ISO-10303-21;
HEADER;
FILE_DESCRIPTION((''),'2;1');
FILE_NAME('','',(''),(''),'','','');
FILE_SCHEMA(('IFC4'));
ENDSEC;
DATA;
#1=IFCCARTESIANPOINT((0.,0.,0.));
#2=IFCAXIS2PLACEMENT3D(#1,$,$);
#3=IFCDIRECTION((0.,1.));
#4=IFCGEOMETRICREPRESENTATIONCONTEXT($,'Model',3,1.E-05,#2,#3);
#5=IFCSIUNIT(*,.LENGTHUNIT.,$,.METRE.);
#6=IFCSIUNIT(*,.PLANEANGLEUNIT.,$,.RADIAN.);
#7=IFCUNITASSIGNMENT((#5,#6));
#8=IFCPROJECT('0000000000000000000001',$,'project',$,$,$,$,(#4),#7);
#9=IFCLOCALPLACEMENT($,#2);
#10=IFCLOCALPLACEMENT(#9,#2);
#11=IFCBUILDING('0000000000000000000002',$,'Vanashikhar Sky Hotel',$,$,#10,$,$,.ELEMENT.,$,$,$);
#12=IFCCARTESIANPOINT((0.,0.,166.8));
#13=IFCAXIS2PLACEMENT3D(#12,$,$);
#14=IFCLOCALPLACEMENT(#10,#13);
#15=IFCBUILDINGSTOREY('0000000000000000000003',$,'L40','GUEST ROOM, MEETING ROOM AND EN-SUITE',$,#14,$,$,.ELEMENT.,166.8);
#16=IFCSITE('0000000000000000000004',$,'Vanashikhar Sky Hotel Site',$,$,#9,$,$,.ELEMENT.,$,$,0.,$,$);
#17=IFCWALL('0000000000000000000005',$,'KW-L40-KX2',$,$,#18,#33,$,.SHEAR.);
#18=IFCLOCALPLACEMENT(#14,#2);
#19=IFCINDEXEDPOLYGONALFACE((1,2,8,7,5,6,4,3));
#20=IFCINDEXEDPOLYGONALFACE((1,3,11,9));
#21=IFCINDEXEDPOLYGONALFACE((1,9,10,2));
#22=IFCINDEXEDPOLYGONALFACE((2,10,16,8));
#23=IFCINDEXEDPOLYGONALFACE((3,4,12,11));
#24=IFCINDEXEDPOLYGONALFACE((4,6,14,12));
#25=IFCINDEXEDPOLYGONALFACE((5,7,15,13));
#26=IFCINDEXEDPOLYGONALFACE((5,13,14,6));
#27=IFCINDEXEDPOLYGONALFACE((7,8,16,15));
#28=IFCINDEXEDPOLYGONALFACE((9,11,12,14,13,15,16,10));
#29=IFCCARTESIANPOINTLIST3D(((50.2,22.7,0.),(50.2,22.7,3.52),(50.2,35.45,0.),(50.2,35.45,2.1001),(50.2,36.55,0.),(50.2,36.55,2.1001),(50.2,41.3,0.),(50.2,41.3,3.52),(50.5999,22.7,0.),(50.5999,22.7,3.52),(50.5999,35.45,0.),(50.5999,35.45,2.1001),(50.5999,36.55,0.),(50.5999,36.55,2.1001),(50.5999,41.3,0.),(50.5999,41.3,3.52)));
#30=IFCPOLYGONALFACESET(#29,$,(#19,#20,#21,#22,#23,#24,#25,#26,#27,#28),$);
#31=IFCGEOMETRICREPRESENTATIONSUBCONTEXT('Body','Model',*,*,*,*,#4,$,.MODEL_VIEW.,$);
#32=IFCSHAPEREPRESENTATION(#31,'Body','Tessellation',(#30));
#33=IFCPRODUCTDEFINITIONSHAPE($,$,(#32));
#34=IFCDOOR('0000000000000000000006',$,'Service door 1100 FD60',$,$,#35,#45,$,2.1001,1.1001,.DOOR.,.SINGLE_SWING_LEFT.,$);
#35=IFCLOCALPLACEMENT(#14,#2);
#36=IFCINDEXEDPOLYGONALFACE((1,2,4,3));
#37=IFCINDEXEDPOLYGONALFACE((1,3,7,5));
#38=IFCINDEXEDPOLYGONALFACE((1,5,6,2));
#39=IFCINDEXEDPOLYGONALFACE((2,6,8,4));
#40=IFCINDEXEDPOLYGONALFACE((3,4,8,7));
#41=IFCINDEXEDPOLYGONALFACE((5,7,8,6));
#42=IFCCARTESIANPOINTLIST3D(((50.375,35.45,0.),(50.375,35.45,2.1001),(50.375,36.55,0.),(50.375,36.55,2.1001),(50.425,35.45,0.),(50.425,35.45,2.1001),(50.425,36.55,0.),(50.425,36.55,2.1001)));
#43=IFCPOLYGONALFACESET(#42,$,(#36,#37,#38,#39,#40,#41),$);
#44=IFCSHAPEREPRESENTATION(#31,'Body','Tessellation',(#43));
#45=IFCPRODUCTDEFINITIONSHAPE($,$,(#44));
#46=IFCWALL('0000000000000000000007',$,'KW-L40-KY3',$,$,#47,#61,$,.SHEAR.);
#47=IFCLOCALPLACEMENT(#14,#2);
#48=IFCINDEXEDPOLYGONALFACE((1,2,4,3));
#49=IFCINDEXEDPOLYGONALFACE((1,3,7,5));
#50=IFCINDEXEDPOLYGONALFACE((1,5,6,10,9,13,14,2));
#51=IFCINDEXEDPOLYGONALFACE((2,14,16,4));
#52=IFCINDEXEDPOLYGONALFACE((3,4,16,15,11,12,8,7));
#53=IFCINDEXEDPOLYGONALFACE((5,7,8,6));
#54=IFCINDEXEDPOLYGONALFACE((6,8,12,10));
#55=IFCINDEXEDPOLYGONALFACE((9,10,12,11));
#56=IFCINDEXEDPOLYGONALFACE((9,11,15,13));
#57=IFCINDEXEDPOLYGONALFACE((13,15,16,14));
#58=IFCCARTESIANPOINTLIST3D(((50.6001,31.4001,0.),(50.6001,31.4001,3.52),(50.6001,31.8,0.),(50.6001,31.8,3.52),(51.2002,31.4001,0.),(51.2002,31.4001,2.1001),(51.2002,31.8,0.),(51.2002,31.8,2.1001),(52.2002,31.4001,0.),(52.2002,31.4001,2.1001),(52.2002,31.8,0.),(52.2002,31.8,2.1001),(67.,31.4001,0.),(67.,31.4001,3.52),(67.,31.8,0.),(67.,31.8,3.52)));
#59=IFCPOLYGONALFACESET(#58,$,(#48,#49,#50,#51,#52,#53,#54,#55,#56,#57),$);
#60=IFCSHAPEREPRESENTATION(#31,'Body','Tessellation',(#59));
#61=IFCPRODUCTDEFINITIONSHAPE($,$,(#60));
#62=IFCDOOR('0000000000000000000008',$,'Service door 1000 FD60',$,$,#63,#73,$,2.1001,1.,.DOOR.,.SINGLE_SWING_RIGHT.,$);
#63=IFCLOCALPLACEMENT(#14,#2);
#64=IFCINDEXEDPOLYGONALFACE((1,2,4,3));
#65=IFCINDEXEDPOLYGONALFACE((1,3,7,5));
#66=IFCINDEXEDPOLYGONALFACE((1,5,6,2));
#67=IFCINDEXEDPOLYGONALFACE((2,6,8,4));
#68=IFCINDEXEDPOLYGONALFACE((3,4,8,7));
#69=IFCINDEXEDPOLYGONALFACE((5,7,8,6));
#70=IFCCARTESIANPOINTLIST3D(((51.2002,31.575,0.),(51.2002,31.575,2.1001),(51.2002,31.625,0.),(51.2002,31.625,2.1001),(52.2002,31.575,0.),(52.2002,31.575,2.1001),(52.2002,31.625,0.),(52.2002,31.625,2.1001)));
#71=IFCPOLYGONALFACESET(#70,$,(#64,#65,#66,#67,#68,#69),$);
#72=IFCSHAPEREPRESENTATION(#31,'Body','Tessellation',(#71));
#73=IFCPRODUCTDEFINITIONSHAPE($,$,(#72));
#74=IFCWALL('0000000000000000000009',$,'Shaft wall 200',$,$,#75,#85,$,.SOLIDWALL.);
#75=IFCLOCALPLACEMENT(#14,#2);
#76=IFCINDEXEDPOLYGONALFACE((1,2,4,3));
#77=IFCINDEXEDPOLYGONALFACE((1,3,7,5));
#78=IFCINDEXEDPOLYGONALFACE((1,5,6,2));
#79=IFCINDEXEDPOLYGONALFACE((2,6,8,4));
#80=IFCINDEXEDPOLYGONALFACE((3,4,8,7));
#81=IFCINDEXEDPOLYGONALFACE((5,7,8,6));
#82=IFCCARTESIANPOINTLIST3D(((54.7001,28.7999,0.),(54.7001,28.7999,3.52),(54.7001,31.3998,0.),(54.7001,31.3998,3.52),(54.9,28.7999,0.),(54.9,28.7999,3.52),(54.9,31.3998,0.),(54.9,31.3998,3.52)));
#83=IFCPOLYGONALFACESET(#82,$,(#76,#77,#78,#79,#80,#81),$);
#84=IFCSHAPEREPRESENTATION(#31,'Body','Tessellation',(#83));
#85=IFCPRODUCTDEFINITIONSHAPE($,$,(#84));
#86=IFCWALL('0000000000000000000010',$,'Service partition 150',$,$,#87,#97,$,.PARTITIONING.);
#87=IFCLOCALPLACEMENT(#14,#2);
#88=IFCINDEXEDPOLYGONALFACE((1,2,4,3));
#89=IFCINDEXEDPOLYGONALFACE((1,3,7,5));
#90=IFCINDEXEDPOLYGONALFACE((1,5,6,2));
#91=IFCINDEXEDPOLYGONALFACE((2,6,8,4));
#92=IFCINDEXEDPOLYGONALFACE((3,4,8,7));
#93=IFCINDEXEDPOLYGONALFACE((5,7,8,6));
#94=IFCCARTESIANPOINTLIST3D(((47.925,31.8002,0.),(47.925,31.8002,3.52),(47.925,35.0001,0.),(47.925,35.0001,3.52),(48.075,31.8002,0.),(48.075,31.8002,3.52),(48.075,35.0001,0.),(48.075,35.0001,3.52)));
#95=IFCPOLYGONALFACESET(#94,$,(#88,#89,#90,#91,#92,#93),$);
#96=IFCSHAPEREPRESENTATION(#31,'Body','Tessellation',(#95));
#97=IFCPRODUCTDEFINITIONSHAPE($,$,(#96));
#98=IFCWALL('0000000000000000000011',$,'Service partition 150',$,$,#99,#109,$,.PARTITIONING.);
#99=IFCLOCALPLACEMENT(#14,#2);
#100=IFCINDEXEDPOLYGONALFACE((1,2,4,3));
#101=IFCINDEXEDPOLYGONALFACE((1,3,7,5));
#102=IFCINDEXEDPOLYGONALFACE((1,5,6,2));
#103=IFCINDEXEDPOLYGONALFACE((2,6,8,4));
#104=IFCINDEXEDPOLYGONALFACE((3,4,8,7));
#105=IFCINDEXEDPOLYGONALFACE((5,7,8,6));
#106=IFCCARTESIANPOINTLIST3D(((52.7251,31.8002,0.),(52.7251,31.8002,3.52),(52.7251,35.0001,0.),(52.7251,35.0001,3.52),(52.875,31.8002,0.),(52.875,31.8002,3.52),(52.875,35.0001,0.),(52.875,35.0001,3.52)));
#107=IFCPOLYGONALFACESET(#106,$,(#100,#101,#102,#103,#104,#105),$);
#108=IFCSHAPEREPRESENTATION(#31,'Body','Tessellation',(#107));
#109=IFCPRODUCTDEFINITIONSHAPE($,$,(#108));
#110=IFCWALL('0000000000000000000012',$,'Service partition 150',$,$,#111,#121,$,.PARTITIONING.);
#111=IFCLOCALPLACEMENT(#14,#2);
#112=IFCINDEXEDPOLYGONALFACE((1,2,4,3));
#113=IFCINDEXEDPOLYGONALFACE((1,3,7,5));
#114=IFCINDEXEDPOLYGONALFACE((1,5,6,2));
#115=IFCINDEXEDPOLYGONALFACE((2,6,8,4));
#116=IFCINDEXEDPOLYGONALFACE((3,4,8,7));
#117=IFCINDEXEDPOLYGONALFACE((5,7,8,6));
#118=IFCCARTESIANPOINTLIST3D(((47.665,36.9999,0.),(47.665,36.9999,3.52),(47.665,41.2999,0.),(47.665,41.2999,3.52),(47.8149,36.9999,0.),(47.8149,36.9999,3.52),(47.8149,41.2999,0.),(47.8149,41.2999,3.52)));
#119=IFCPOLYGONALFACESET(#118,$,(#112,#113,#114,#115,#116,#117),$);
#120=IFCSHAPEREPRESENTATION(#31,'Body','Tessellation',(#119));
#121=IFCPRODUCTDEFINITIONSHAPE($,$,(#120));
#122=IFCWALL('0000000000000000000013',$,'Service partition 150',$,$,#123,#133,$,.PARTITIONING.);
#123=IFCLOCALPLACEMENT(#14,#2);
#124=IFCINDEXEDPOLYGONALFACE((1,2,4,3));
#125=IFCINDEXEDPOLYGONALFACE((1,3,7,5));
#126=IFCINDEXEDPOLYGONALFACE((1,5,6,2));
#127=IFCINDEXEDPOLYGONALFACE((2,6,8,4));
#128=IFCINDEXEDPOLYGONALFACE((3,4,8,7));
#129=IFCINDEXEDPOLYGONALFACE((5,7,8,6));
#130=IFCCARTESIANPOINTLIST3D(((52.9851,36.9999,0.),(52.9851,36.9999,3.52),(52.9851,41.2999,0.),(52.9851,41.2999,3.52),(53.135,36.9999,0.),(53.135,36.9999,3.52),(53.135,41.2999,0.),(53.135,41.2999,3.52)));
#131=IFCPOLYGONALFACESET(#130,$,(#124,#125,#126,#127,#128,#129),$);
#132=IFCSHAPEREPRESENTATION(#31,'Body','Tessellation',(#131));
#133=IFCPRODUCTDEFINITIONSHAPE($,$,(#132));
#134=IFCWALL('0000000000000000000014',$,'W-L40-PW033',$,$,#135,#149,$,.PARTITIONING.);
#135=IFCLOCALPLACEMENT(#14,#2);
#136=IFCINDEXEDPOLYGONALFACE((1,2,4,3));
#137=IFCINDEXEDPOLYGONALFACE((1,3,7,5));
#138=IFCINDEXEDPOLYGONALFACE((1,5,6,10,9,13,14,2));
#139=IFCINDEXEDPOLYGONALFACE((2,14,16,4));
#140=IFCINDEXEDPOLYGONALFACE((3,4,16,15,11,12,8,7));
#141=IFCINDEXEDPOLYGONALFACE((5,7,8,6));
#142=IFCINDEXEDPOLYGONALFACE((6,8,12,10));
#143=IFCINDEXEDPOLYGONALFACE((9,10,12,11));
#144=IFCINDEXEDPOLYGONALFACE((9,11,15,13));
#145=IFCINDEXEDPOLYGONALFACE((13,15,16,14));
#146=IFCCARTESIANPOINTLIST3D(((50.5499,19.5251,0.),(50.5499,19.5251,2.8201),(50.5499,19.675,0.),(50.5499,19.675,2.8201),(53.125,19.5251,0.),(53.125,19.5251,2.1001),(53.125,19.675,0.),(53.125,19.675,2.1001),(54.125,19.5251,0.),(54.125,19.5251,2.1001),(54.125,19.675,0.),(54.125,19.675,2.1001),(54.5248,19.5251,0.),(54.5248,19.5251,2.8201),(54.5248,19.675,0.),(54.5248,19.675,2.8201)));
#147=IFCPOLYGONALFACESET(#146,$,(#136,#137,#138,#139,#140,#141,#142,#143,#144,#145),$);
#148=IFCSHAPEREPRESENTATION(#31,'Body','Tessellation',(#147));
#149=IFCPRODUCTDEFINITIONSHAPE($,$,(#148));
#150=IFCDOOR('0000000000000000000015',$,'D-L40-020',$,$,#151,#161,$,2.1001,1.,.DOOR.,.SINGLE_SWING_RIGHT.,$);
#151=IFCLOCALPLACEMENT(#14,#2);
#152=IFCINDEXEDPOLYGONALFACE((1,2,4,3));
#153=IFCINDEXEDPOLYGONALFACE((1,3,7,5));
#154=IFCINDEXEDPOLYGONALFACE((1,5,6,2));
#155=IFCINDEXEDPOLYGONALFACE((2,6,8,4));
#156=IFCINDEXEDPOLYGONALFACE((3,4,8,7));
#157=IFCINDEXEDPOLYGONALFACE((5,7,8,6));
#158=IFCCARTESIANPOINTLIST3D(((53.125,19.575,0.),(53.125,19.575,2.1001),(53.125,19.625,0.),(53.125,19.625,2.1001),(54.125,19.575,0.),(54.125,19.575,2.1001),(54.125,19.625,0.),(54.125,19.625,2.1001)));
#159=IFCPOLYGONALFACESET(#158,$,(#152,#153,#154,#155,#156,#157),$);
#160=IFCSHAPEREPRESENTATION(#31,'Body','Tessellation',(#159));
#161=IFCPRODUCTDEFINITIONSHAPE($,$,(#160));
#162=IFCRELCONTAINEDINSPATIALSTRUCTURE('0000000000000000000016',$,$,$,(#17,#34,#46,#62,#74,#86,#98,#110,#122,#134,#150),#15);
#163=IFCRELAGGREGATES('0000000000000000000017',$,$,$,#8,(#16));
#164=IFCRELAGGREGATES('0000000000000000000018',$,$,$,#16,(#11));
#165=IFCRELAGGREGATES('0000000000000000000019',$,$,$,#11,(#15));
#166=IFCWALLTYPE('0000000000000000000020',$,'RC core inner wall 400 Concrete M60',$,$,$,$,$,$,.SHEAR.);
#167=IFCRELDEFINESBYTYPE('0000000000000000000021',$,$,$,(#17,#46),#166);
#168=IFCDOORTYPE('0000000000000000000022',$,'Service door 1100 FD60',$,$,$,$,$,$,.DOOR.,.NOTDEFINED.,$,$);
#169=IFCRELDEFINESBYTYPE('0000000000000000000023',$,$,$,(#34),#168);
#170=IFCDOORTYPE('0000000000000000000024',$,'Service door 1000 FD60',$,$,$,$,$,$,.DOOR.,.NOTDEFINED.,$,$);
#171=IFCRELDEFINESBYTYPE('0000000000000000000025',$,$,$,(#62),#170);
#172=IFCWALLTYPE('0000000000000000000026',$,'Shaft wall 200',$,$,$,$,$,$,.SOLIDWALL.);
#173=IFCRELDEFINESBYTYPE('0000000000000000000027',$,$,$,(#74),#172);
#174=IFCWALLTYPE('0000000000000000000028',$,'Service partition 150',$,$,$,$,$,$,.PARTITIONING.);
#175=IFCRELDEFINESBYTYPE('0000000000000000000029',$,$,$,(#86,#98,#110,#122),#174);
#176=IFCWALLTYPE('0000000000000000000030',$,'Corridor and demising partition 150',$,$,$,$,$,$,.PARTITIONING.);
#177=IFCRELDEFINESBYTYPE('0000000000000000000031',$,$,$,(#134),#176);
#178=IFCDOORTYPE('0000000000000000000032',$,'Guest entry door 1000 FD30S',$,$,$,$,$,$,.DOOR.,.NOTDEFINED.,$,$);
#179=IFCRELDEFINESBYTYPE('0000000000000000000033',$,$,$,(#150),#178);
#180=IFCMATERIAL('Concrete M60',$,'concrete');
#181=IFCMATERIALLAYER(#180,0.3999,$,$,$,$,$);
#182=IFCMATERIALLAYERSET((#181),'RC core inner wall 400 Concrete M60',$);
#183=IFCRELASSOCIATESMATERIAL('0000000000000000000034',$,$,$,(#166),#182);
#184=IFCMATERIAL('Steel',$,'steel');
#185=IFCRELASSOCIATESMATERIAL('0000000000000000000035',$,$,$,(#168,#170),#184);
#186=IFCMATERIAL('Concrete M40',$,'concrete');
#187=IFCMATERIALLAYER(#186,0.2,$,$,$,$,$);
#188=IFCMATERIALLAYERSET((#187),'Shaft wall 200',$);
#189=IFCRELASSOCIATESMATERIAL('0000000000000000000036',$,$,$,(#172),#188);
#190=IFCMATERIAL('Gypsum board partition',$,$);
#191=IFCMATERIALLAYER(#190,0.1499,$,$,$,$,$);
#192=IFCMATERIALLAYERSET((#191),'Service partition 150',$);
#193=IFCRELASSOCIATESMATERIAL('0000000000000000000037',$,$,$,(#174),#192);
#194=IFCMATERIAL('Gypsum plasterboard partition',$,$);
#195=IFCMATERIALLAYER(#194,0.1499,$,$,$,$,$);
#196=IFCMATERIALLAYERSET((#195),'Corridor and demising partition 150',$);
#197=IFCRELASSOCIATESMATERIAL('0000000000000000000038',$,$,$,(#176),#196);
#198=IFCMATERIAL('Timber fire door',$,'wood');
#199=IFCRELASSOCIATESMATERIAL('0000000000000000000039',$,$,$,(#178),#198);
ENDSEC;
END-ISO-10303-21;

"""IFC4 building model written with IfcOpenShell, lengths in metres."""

from ifc_helpers import new_model, si_unit, direction, frame, frame_2d, origin, place, context, subcontext, project, spatial, rectangle, extrude, source, transform, mapped, material, layer, layer_set, type_object, element, fill, save


model = new_model("IFC4")

# Units and contexts
model_context = context("Model", 3, precision=1e-05, world=origin(), true_north=direction((0.0, 1.0)))
body_context = subcontext(model_context, "Body", "Model", "MODEL_VIEW")
ifc_project = project(units=[si_unit("LENGTHUNIT", "METRE"), si_unit("PLANEANGLEUNIT", "RADIAN")], contexts=[model_context])

# Site, building, storey
site_placement = place(None, origin())
site = spatial("IfcSite", under=ifc_project, at=site_placement, Name="Vanashikhar Sky Hotel Site", CompositionType="ELEMENT", RefElevation=0.0)
building_placement = place(site_placement, origin())
building = spatial("IfcBuilding", under=site, at=building_placement, Name="Vanashikhar Sky Hotel", CompositionType="ELEMENT")
storey_placement = place(building_placement, frame((0.0, 0.0, 166.8)))
storey = spatial("IfcBuildingStorey", under=building, at=storey_placement, Name="L40", Description="GUEST ROOM, MEETING ROOM AND EN-SUITE", CompositionType="ELEMENT", Elevation=166.8)

# Walls, openings, doors
ifc_material_1 = material(Name="Concrete M60", Category="concrete")
ifc_layer_1 = layer(ifc_material_1, 0.3999)
ifc_layer_set_1 = layer_set([ifc_layer_1], Name="RC core inner wall 400 Concrete M60")
wall_type_1 = type_object("IfcWallType", Name="RC core inner wall 400 Concrete M60", PredefinedType="SHEAR", material=ifc_layer_set_1)
shared_shape_1 = source(origin(), body_context, "Body", "SweptSolid", [
    extrude(rectangle(XDim=18.6001, YDim=0.3999, at=frame_2d((9.3, 0.0))), origin(), (0.0, 0.0, 1.0), 3.52),
])
wall_1_placement = place(storey_placement, frame((50.3999, 22.7, 0.0), z_axis=(0.0, 0.0, 1.0), x_axis=(0.0, 1.0, 0.0)))
wall_1 = element("IfcWall", 1, at=wall_1_placement, inside=storey, type_object=wall_type_1, Name="KW-L40-KX2", PredefinedType="SHEAR", context=body_context, shape_type="MappedRepresentation", body=[
    mapped(shared_shape_1, transform((0.0, 0.0, 0.0), scale=1.0)),
])
shared_shape_2 = source(origin(), body_context, "Body", "SweptSolid", [
    extrude(rectangle(XDim=1.1001, YDim=2.1001, at=frame_2d((0.55, 1.05))), frame((0.0, 0.21, 0.0), z_axis=(0.0, -1.0, 0.0), x_axis=(1.0, 0.0, 0.0)), (0.0, 0.0, 1.0), 0.4199),
])
opening_1_placement = place(wall_1_placement, frame((12.75, 0.0, 0.0)))
opening_1 = element("IfcOpeningElement", 2, at=opening_1_placement, cuts=wall_1, PredefinedType="OPENING", context=body_context, shape_type="MappedRepresentation", body=[
    mapped(shared_shape_2, transform((0.0, 0.0, 0.0), scale=1.0)),
])
ifc_material_2 = material(Name="Steel", Category="steel")
door_type_1 = type_object("IfcDoorType", Name="Service door 1100 FD60", OperationType="NOTDEFINED", PredefinedType="DOOR", material=ifc_material_2)
shared_shape_3 = source(origin(), body_context, "Body", "SweptSolid", [
    extrude(rectangle(XDim=1.1001, YDim=2.1001, at=frame_2d((0.55, 1.05))), frame((0.0, 0.0249, 0.0), z_axis=(0.0, -1.0, 0.0), x_axis=(1.0, 0.0, 0.0)), (0.0, 0.0, 1.0), 0.05),
])
door_1_placement = place(opening_1_placement, origin())
door_1 = element("IfcDoor", 3, at=door_1_placement, inside=storey, type_object=door_type_1, Name="Service door 1100 FD60", OperationType="SINGLE_SWING_LEFT", OverallHeight=2.1001, OverallWidth=1.1001, PredefinedType="DOOR", context=body_context, shape_type="MappedRepresentation", body=[
    mapped(shared_shape_3, transform((0.0, 0.0, 0.0), scale=1.0)),
])
fill(opening_1, door_1)
shared_shape_4 = source(origin(), body_context, "Body", "SweptSolid", [
    extrude(rectangle(XDim=16.3999, YDim=0.3999, at=frame_2d((8.2, 0.0))), origin(), (0.0, 0.0, 1.0), 3.52),
])
wall_2_placement = place(storey_placement, frame((50.6001, 31.6001, 0.0), z_axis=(0.0, 0.0, 1.0), x_axis=(1.0, 0.0, 0.0)))
wall_2 = element("IfcWall", 4, at=wall_2_placement, inside=storey, type_object=wall_type_1, Name="KW-L40-KY3", PredefinedType="SHEAR", context=body_context, shape_type="MappedRepresentation", body=[
    mapped(shared_shape_4, transform((0.0, 0.0, 0.0), scale=1.0)),
])
shared_shape_5 = source(origin(), body_context, "Body", "SweptSolid", [
    extrude(rectangle(XDim=1.0, YDim=2.1001, at=frame_2d((0.5, 1.05))), frame((0.0, 0.21, 0.0), z_axis=(0.0, -1.0, 0.0), x_axis=(1.0, 0.0, 0.0)), (0.0, 0.0, 1.0), 0.4199),
])
opening_2_placement = place(wall_2_placement, frame((0.6001, 0.0, 0.0)))
opening_2 = element("IfcOpeningElement", 5, at=opening_2_placement, cuts=wall_2, PredefinedType="OPENING", context=body_context, shape_type="MappedRepresentation", body=[
    mapped(shared_shape_5, transform((0.0, 0.0, 0.0), scale=1.0)),
])
door_type_2 = type_object("IfcDoorType", Name="Service door 1000 FD60", OperationType="NOTDEFINED", PredefinedType="DOOR", material=ifc_material_2)
shared_shape_6 = source(origin(), body_context, "Body", "SweptSolid", [
    extrude(rectangle(XDim=1.0, YDim=2.1001, at=frame_2d((0.5, 1.05))), frame((0.0, 0.0249, 0.0), z_axis=(0.0, -1.0, 0.0), x_axis=(1.0, 0.0, 0.0)), (0.0, 0.0, 1.0), 0.05),
])
door_2_placement = place(opening_2_placement, origin())
door_2 = element("IfcDoor", 6, at=door_2_placement, inside=storey, type_object=door_type_2, Name="Service door 1000 FD60", OperationType="SINGLE_SWING_RIGHT", OverallHeight=2.1001, OverallWidth=1.0, PredefinedType="DOOR", context=body_context, shape_type="MappedRepresentation", body=[
    mapped(shared_shape_6, transform((0.0, 0.0, 0.0), scale=1.0)),
])
fill(opening_2, door_2)

# Walls
ifc_material_3 = material(Name="Concrete M40", Category="concrete")
ifc_layer_2 = layer(ifc_material_3, 0.2)
ifc_layer_set_2 = layer_set([ifc_layer_2], Name="Shaft wall 200")
wall_type_2 = type_object("IfcWallType", Name="Shaft wall 200", PredefinedType="SOLIDWALL", material=ifc_layer_set_2)
shared_shape_7 = source(origin(), body_context, "Body", "SweptSolid", [
    extrude(rectangle(XDim=2.5999, YDim=0.2, at=frame_2d((1.2998, 0.0))), origin(), (0.0, 0.0, 1.0), 3.52),
])
wall_3_placement = place(storey_placement, frame((54.8, 28.8, 0.0), z_axis=(0.0, 0.0, 1.0), x_axis=(0.0, 1.0, 0.0)))
element("IfcWall", 7, at=wall_3_placement, inside=storey, type_object=wall_type_2, Name="Shaft wall 200", PredefinedType="SOLIDWALL", context=body_context, shape_type="MappedRepresentation", body=[
    mapped(shared_shape_7, transform((0.0, 0.0, 0.0), scale=1.0)),
])
ifc_material_4 = material(Name="Gypsum board partition")
ifc_layer_3 = layer(ifc_material_4, 0.1499)
ifc_layer_set_3 = layer_set([ifc_layer_3], Name="Service partition 150")
wall_type_3 = type_object("IfcWallType", Name="Service partition 150", PredefinedType="PARTITIONING", material=ifc_layer_set_3)
shared_shape_8 = source(origin(), body_context, "Body", "SweptSolid", [
    extrude(rectangle(XDim=3.2, YDim=0.1499, at=frame_2d((1.6001, 0.0))), origin(), (0.0, 0.0, 1.0), 3.52),
])
for number, where, z_axis, x_axis, name in (
    (8, (48.0, 31.8, 0.0), (0.0, 0.0, 1.0), (0.0, 1.0, 0.0), "Service partition 150"),
    (9, (52.8, 31.8, 0.0), (0.0, 0.0, 1.0), (0.0, 1.0, 0.0), "Service partition 150"),
):
    element("IfcWall", number, at=place(storey_placement, frame(where, z_axis=z_axis, x_axis=x_axis)), inside=storey, type_object=wall_type_3, Name=name, PredefinedType="PARTITIONING", context=body_context, shape_type="MappedRepresentation", body=[
        mapped(shared_shape_8, transform((0.0, 0.0, 0.0), scale=1.0)),
    ])
shared_shape_9 = source(origin(), body_context, "Body", "SweptSolid", [
    extrude(rectangle(XDim=4.3, YDim=0.1499, at=frame_2d((2.1499, 0.0))), origin(), (0.0, 0.0, 1.0), 3.52),
])
for number, where, z_axis, x_axis, name in (
    (10, (47.74, 37.0, 0.0), (0.0, 0.0, 1.0), (0.0, 1.0, 0.0), "Service partition 150"),
    (11, (53.0601, 37.0, 0.0), (0.0, 0.0, 1.0), (0.0, 1.0, 0.0), "Service partition 150"),
):
    element("IfcWall", number, at=place(storey_placement, frame(where, z_axis=z_axis, x_axis=x_axis)), inside=storey, type_object=wall_type_3, Name=name, PredefinedType="PARTITIONING", context=body_context, shape_type="MappedRepresentation", body=[
        mapped(shared_shape_9, transform((0.0, 0.0, 0.0), scale=1.0)),
    ])

# Wall, opening, door
ifc_material_5 = material(Name="Gypsum plasterboard partition")
ifc_layer_4 = layer(ifc_material_5, 0.1499)
ifc_layer_set_4 = layer_set([ifc_layer_4], Name="Corridor and demising partition 150")
wall_type_4 = type_object("IfcWallType", Name="Corridor and demising partition 150", PredefinedType="PARTITIONING", material=ifc_layer_set_4)
shared_shape_10 = source(origin(), body_context, "Body", "SweptSolid", [
    extrude(rectangle(XDim=3.9749, YDim=0.1499, at=frame_2d((1.9873, 0.0))), origin(), (0.0, 0.0, 1.0), 2.8201),
])
wall_4_placement = place(storey_placement, frame((50.55, 19.6001, 0.0), z_axis=(0.0, 0.0, 1.0), x_axis=(1.0, 0.0, 0.0)))
wall_4 = element("IfcWall", 12, at=wall_4_placement, inside=storey, type_object=wall_type_4, Name="W-L40-PW033", PredefinedType="PARTITIONING", context=body_context, shape_type="MappedRepresentation", body=[
    mapped(shared_shape_10, transform((0.0, 0.0, 0.0), scale=1.0)),
])
shared_shape_11 = source(origin(), body_context, "Body", "SweptSolid", [
    extrude(rectangle(XDim=1.0, YDim=2.1001, at=frame_2d((0.5, 1.05))), frame((0.0, 0.085, 0.0), z_axis=(0.0, -1.0, 0.0), x_axis=(1.0, 0.0, 0.0)), (0.0, 0.0, 1.0), 0.1699),
])
opening_3_placement = place(wall_4_placement, frame((2.575, 0.0, 0.0)))
opening_3 = element("IfcOpeningElement", 13, at=opening_3_placement, cuts=wall_4, PredefinedType="OPENING", context=body_context, shape_type="MappedRepresentation", body=[
    mapped(shared_shape_11, transform((0.0, 0.0, 0.0), scale=1.0)),
])
ifc_material_6 = material(Name="Timber fire door", Category="wood")
door_type_3 = type_object("IfcDoorType", Name="Guest entry door 1000 FD30S", OperationType="NOTDEFINED", PredefinedType="DOOR", material=ifc_material_6)
door_3_placement = place(opening_3_placement, origin())
door_3 = element("IfcDoor", 14, at=door_3_placement, inside=storey, type_object=door_type_3, Name="D-L40-020", OperationType="SINGLE_SWING_RIGHT", OverallHeight=2.1001, OverallWidth=1.0, PredefinedType="DOOR", context=body_context, shape_type="MappedRepresentation", body=[
    mapped(shared_shape_6, transform((0.0, 0.0, 0.0), scale=1.0)),
])
fill(opening_3, door_3)

save(model, "model.ifc")
